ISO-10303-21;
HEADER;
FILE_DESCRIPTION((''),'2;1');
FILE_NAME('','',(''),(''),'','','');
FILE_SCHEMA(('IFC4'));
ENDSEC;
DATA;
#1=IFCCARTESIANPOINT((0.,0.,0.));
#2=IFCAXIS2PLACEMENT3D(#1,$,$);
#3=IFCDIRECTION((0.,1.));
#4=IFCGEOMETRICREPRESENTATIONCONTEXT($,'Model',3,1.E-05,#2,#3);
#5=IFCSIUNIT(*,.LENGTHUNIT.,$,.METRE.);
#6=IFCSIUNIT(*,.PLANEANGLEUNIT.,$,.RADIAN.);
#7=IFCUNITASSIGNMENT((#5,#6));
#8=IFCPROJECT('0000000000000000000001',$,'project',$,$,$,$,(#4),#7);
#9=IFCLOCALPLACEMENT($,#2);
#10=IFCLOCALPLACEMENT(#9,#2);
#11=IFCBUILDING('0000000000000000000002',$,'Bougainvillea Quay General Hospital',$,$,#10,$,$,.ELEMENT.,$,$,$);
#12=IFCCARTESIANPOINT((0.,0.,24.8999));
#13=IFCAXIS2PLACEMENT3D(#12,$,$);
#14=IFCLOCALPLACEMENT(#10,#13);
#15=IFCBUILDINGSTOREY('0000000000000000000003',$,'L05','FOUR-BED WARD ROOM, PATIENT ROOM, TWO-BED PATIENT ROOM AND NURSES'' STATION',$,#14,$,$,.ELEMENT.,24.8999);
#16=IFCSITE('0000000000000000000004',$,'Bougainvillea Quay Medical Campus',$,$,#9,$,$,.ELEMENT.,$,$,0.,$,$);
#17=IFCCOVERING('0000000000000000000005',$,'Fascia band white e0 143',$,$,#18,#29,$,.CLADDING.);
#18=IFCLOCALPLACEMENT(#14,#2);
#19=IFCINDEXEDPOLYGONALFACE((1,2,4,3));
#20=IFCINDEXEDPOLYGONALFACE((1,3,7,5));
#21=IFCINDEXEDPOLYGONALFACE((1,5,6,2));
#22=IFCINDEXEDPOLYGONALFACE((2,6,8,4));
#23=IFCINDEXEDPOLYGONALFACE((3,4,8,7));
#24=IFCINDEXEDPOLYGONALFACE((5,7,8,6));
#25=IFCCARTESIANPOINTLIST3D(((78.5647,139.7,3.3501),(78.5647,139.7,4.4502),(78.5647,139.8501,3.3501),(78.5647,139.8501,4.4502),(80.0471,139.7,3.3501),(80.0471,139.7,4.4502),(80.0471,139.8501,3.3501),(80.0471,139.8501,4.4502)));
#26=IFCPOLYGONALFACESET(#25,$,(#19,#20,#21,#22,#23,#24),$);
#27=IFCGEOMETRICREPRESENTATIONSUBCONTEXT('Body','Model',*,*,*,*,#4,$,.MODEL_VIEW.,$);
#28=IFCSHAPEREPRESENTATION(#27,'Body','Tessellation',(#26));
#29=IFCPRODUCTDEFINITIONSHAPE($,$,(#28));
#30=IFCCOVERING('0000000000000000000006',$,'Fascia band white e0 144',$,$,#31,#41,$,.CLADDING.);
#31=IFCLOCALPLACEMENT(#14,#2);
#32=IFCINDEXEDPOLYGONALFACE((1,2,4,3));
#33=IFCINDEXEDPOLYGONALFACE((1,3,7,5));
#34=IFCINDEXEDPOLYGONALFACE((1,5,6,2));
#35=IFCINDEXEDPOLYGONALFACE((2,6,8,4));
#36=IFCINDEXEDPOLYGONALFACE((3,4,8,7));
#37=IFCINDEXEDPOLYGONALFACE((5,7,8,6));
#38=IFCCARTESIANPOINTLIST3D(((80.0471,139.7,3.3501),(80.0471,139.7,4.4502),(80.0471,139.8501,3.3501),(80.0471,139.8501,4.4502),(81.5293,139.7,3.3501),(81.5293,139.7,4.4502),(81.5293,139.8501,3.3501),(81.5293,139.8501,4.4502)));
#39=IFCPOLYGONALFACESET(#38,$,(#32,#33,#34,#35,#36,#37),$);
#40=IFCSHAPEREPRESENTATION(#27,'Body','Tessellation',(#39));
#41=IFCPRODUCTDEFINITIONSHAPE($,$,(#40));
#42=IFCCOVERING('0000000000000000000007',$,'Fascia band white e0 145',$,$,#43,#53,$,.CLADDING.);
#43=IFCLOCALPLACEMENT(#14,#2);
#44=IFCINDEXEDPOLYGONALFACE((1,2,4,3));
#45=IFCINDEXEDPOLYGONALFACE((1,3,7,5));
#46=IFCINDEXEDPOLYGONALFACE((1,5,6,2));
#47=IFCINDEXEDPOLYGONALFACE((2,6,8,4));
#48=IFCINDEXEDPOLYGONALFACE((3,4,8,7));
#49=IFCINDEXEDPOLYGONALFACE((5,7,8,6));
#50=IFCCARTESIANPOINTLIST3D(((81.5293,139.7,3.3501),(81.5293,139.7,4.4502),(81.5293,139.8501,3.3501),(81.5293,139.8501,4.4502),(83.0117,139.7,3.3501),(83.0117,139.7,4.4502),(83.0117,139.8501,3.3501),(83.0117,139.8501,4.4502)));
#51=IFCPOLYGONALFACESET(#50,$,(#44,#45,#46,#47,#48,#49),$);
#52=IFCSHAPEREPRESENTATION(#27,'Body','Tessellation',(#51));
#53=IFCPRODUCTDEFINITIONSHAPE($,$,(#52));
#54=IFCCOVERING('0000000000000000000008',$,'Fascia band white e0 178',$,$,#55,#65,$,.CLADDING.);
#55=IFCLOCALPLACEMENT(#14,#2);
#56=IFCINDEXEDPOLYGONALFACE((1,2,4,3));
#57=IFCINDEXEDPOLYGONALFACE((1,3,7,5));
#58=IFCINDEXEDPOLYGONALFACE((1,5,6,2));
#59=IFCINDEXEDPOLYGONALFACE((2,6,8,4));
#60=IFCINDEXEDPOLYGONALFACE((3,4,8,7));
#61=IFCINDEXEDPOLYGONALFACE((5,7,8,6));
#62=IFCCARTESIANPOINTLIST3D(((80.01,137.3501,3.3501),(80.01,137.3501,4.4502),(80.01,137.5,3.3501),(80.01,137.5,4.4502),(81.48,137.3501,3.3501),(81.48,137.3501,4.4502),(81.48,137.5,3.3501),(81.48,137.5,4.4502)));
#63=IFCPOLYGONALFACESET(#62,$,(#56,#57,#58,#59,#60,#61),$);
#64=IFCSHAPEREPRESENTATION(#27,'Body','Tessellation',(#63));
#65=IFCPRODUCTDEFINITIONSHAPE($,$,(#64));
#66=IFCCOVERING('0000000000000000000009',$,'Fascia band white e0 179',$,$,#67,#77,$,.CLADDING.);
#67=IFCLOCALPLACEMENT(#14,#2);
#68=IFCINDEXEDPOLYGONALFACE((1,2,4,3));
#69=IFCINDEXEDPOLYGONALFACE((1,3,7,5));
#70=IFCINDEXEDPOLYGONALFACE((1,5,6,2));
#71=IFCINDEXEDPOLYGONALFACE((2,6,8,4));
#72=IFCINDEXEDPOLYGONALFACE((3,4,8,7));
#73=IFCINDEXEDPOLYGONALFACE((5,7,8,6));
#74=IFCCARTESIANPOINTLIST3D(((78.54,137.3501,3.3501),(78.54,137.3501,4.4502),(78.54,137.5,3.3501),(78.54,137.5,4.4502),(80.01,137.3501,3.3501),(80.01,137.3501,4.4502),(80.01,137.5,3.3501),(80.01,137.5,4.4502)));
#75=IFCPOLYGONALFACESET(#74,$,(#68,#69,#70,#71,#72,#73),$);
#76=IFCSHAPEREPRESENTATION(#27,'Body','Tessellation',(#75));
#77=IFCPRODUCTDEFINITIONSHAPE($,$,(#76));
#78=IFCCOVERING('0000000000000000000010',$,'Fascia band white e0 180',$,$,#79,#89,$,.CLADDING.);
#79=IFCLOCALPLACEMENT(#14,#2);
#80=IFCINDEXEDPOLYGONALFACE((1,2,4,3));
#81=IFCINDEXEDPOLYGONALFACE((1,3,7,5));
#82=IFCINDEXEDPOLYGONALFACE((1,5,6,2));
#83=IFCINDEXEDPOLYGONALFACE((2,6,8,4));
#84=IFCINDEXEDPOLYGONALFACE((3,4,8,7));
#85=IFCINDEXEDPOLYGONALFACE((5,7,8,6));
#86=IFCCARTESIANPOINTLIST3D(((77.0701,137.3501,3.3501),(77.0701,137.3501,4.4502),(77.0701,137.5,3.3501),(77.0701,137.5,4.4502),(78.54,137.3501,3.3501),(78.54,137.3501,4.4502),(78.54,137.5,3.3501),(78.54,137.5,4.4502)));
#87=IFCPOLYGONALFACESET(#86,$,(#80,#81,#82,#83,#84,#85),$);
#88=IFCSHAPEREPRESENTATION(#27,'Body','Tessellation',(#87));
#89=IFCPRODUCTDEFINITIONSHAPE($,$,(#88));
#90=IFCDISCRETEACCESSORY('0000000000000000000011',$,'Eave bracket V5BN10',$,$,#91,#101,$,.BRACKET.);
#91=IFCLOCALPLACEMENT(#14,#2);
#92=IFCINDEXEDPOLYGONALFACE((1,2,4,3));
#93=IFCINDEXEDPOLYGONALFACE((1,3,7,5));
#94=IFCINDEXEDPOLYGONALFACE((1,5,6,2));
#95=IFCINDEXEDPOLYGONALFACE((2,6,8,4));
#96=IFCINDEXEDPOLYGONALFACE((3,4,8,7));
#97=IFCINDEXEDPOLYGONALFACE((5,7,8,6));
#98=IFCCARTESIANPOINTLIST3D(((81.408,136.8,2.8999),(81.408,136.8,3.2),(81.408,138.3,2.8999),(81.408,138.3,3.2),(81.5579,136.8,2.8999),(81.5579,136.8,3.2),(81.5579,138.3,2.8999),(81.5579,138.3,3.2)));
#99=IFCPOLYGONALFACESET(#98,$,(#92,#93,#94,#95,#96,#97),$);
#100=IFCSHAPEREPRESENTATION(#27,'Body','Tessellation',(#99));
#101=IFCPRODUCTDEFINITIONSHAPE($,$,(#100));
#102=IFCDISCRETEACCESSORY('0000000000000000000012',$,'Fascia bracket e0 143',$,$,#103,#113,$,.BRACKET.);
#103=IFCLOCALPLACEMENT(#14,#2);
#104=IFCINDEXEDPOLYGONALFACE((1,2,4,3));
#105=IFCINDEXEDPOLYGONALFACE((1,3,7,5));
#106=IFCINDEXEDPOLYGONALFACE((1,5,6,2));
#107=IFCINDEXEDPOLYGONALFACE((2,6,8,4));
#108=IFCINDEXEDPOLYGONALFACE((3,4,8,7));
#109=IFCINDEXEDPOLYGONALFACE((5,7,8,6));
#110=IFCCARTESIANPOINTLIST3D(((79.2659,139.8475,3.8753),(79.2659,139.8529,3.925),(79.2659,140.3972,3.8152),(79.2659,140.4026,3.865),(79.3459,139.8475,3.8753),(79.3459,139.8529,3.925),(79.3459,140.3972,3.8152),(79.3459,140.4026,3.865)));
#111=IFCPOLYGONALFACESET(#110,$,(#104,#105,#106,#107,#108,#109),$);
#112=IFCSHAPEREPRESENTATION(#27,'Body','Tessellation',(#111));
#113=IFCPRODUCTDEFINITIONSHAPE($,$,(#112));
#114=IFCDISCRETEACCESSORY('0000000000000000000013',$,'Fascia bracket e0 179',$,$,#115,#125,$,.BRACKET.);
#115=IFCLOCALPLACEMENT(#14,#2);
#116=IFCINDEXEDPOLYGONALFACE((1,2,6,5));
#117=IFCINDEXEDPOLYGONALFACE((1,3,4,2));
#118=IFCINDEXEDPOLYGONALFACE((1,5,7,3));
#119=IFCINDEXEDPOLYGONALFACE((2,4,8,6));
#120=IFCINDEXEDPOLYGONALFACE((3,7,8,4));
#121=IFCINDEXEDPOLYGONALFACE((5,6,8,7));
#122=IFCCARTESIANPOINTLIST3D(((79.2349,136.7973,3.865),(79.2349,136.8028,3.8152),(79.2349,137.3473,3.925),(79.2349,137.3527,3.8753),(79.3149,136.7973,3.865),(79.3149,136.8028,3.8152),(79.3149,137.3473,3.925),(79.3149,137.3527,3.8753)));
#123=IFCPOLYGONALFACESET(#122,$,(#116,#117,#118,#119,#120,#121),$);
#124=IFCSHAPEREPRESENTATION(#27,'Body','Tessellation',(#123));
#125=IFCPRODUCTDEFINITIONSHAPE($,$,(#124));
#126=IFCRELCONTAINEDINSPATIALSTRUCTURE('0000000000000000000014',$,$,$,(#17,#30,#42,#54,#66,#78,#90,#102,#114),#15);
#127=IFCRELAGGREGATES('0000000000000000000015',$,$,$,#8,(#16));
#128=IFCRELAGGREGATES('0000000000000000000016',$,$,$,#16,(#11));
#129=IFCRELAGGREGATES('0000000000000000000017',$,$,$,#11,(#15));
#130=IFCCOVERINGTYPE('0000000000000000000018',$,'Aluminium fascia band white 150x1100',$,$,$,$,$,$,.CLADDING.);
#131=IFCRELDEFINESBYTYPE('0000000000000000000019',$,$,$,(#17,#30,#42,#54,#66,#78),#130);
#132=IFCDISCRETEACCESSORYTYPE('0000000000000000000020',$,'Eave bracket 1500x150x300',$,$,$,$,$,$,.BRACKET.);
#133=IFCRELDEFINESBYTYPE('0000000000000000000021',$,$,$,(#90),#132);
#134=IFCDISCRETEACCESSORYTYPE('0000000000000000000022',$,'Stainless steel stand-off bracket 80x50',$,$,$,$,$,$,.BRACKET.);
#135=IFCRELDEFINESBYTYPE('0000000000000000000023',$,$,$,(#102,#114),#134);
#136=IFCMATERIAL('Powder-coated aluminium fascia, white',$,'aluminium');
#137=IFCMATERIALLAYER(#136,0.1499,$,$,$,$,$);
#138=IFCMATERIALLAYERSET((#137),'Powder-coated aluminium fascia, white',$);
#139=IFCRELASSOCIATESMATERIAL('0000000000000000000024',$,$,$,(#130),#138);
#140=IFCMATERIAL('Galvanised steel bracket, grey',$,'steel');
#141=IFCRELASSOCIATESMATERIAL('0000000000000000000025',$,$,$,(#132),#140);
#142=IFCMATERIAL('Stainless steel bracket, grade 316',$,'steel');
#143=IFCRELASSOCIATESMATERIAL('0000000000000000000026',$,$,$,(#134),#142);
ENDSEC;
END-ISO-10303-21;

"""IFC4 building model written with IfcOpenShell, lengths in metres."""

from ifc_helpers import new_model, si_unit, direction, frame, origin, origin_2d, place, context, subcontext, project, spatial, polyline, rectangle, outline, extrude, material, layer, layer_set, material_profile, profile_set, type_object, element, save


model = new_model("IFC4")

# Units and contexts
model_context = context("Model", 3, precision=1e-05, world=origin(), true_north=direction((0.0, 1.0)))
body_context = subcontext(model_context, "Body", "Model", "MODEL_VIEW")
ifc_project = project(units=[si_unit("LENGTHUNIT", "METRE"), si_unit("PLANEANGLEUNIT", "RADIAN")], contexts=[model_context])

# Site, building, storey
site_placement = place(None, origin())
site = spatial("IfcSite", under=ifc_project, at=site_placement, Name="Bougainvillea Quay Medical Campus", CompositionType="ELEMENT", RefElevation=0.0)
building_placement = place(site_placement, origin())
building = spatial("IfcBuilding", under=site, at=building_placement, Name="Bougainvillea Quay General Hospital", CompositionType="ELEMENT")
storey_placement = place(building_placement, frame((0.0, 0.0, 24.8999)))
storey = spatial("IfcBuildingStorey", under=building, at=storey_placement, Name="L05", Description="FOUR-BED WARD ROOM, PATIENT ROOM, TWO-BED PATIENT ROOM AND NURSES' STATION", CompositionType="ELEMENT", Elevation=24.8999)

# Coverings
ifc_material_1 = material(Name="Powder-coated aluminium fascia, white", Category="aluminium")
ifc_layer_1 = layer(ifc_material_1, 0.1499)
ifc_layer_set_1 = layer_set([ifc_layer_1], Name="Powder-coated aluminium fascia, white")
covering_type = type_object("IfcCoveringType", Name="Aluminium fascia band white 150x1100", PredefinedType="CLADDING", material=ifc_layer_set_1)
covering_1_placement = place(storey_placement, frame((78.5647, 139.8501, 3.3501), z_axis=(0.0, 0.0, 1.0), x_axis=(1.0, 0.0, 0.0)))
element("IfcCovering", 1, at=covering_1_placement, inside=storey, type_object=covering_type, Name="Fascia band white e0 143", PredefinedType="CLADDING", context=body_context, shape_type="SweptSolid", body=[
    extrude(outline(polyline([(0.0, 0.0), (1.4824, 0.0), (1.4824, -0.1501), (0.0, -0.1501), (0.0, 0.0)])), origin(), (0.0, 0.0, 1.0), 1.1001),
])
covering_2_placement = place(storey_placement, frame((80.0471, 139.8501, 3.3501), z_axis=(0.0, 0.0, 1.0), x_axis=(1.0, 0.0, 0.0)))
element("IfcCovering", 2, at=covering_2_placement, inside=storey, type_object=covering_type, Name="Fascia band white e0 144", PredefinedType="CLADDING", context=body_context, shape_type="SweptSolid", body=[
    extrude(outline(polyline([(0.0, 0.0), (1.4822, 0.0), (1.4822, -0.1501), (0.0, -0.1501), (0.0, 0.0)])), origin(), (0.0, 0.0, 1.0), 1.1001),
])
covering_3_placement = place(storey_placement, frame((81.5293, 139.8501, 3.3501), z_axis=(0.0, 0.0, 1.0), x_axis=(1.0, 0.0, 0.0)))
element("IfcCovering", 3, at=covering_3_placement, inside=storey, type_object=covering_type, Name="Fascia band white e0 145", PredefinedType="CLADDING", context=body_context, shape_type="SweptSolid", body=[
    extrude(outline(polyline([(0.0, 0.0), (1.4824, 0.0), (1.4824, -0.1501), (0.0, -0.1501), (0.0, 0.0)])), origin(), (0.0, 0.0, 1.0), 1.1001),
])
for number, where, z_axis, x_axis, name in (
    (4, (81.48, 137.3501, 3.3501), (0.0, 0.0, 1.0), (-1.0, 0.0, 0.0), "Fascia band white e0 178"),
    (5, (80.01, 137.3501, 3.3501), (0.0, 0.0, 1.0), (-1.0, 0.0, 0.0), "Fascia band white e0 179"),
    (6, (78.54, 137.3501, 3.3501), (0.0, 0.0, 1.0), (-1.0, 0.0, 0.0), "Fascia band white e0 180"),
):
    element("IfcCovering", number, at=place(storey_placement, frame(where, z_axis=z_axis, x_axis=x_axis)), inside=storey, type_object=covering_type, Name=name, PredefinedType="CLADDING", context=body_context, shape_type="SweptSolid", body=[
        extrude(outline(polyline([(0.0, 0.0), (1.47, 0.0), (1.47, -0.1499), (0.0, -0.1499), (0.0, 0.0)])), origin(), (0.0, 0.0, 1.0), 1.1001),
    ])

# Discrete accessories
ifc_material_2 = material(Name="Galvanised steel bracket, grey", Category="steel")
discrete_accessory_type_1 = type_object("IfcDiscreteAccessoryType", Name="Eave bracket 1500x150x300", PredefinedType="BRACKET", material=ifc_material_2)
discrete_accessory_1_placement = place(storey_placement, frame((81.4829, 137.55, 2.8999), z_axis=(0.0, 0.0, 1.0), x_axis=(1.0, 0.0, 0.0)))
element("IfcDiscreteAccessory", 7, at=discrete_accessory_1_placement, inside=storey, type_object=discrete_accessory_type_1, Name="Eave bracket V5BN10", PredefinedType="BRACKET", context=body_context, shape_type="SweptSolid", body=[
    extrude(rectangle(XDim=0.1499, YDim=1.5, at=origin_2d()), origin(), (0.0, 0.0, 1.0), 0.3),
])
ifc_material_3 = material(Name="Stainless steel bracket, grade 316", Category="steel")
ifc_material_profile_1 = material_profile(ifc_material_3, rectangle(XDim=0.0801, YDim=0.05, at=origin_2d()))
ifc_profile_set_1 = profile_set([ifc_material_profile_1], Name="Stainless steel bracket, grade 316")
discrete_accessory_type_2 = type_object("IfcDiscreteAccessoryType", Name="Stainless steel stand-off bracket 80x50", PredefinedType="BRACKET", material=ifc_profile_set_1)
discrete_accessory_2_placement = place(storey_placement, frame((79.3059, 140.3999, 3.8401), z_axis=(0.0, -0.994087, 0.10859), x_axis=(1.0, 0.0, 0.0)))
element("IfcDiscreteAccessory", 8, at=discrete_accessory_2_placement, inside=storey, type_object=discrete_accessory_type_2, Name="Fascia bracket e0 143", PredefinedType="BRACKET", context=body_context, shape_type="SweptSolid", body=[
    extrude(rectangle(XDim=0.0801, YDim=0.05, at=origin_2d()), origin(), (0.0, 0.0, 1.0), 0.553),
])
discrete_accessory_3_placement = place(storey_placement, frame((79.2749, 136.8, 3.8401), z_axis=(0.0, 0.994092, 0.108543), x_axis=(-1.0, 0.0, 0.0)))
element("IfcDiscreteAccessory", 9, at=discrete_accessory_3_placement, inside=storey, type_object=discrete_accessory_type_2, Name="Fascia bracket e0 179", PredefinedType="BRACKET", context=body_context, shape_type="SweptSolid", body=[
    extrude(rectangle(XDim=0.0801, YDim=0.05, at=origin_2d()), origin(), (0.0, 0.0, 1.0), 0.5532),
])

save(model, "model.ifc")
